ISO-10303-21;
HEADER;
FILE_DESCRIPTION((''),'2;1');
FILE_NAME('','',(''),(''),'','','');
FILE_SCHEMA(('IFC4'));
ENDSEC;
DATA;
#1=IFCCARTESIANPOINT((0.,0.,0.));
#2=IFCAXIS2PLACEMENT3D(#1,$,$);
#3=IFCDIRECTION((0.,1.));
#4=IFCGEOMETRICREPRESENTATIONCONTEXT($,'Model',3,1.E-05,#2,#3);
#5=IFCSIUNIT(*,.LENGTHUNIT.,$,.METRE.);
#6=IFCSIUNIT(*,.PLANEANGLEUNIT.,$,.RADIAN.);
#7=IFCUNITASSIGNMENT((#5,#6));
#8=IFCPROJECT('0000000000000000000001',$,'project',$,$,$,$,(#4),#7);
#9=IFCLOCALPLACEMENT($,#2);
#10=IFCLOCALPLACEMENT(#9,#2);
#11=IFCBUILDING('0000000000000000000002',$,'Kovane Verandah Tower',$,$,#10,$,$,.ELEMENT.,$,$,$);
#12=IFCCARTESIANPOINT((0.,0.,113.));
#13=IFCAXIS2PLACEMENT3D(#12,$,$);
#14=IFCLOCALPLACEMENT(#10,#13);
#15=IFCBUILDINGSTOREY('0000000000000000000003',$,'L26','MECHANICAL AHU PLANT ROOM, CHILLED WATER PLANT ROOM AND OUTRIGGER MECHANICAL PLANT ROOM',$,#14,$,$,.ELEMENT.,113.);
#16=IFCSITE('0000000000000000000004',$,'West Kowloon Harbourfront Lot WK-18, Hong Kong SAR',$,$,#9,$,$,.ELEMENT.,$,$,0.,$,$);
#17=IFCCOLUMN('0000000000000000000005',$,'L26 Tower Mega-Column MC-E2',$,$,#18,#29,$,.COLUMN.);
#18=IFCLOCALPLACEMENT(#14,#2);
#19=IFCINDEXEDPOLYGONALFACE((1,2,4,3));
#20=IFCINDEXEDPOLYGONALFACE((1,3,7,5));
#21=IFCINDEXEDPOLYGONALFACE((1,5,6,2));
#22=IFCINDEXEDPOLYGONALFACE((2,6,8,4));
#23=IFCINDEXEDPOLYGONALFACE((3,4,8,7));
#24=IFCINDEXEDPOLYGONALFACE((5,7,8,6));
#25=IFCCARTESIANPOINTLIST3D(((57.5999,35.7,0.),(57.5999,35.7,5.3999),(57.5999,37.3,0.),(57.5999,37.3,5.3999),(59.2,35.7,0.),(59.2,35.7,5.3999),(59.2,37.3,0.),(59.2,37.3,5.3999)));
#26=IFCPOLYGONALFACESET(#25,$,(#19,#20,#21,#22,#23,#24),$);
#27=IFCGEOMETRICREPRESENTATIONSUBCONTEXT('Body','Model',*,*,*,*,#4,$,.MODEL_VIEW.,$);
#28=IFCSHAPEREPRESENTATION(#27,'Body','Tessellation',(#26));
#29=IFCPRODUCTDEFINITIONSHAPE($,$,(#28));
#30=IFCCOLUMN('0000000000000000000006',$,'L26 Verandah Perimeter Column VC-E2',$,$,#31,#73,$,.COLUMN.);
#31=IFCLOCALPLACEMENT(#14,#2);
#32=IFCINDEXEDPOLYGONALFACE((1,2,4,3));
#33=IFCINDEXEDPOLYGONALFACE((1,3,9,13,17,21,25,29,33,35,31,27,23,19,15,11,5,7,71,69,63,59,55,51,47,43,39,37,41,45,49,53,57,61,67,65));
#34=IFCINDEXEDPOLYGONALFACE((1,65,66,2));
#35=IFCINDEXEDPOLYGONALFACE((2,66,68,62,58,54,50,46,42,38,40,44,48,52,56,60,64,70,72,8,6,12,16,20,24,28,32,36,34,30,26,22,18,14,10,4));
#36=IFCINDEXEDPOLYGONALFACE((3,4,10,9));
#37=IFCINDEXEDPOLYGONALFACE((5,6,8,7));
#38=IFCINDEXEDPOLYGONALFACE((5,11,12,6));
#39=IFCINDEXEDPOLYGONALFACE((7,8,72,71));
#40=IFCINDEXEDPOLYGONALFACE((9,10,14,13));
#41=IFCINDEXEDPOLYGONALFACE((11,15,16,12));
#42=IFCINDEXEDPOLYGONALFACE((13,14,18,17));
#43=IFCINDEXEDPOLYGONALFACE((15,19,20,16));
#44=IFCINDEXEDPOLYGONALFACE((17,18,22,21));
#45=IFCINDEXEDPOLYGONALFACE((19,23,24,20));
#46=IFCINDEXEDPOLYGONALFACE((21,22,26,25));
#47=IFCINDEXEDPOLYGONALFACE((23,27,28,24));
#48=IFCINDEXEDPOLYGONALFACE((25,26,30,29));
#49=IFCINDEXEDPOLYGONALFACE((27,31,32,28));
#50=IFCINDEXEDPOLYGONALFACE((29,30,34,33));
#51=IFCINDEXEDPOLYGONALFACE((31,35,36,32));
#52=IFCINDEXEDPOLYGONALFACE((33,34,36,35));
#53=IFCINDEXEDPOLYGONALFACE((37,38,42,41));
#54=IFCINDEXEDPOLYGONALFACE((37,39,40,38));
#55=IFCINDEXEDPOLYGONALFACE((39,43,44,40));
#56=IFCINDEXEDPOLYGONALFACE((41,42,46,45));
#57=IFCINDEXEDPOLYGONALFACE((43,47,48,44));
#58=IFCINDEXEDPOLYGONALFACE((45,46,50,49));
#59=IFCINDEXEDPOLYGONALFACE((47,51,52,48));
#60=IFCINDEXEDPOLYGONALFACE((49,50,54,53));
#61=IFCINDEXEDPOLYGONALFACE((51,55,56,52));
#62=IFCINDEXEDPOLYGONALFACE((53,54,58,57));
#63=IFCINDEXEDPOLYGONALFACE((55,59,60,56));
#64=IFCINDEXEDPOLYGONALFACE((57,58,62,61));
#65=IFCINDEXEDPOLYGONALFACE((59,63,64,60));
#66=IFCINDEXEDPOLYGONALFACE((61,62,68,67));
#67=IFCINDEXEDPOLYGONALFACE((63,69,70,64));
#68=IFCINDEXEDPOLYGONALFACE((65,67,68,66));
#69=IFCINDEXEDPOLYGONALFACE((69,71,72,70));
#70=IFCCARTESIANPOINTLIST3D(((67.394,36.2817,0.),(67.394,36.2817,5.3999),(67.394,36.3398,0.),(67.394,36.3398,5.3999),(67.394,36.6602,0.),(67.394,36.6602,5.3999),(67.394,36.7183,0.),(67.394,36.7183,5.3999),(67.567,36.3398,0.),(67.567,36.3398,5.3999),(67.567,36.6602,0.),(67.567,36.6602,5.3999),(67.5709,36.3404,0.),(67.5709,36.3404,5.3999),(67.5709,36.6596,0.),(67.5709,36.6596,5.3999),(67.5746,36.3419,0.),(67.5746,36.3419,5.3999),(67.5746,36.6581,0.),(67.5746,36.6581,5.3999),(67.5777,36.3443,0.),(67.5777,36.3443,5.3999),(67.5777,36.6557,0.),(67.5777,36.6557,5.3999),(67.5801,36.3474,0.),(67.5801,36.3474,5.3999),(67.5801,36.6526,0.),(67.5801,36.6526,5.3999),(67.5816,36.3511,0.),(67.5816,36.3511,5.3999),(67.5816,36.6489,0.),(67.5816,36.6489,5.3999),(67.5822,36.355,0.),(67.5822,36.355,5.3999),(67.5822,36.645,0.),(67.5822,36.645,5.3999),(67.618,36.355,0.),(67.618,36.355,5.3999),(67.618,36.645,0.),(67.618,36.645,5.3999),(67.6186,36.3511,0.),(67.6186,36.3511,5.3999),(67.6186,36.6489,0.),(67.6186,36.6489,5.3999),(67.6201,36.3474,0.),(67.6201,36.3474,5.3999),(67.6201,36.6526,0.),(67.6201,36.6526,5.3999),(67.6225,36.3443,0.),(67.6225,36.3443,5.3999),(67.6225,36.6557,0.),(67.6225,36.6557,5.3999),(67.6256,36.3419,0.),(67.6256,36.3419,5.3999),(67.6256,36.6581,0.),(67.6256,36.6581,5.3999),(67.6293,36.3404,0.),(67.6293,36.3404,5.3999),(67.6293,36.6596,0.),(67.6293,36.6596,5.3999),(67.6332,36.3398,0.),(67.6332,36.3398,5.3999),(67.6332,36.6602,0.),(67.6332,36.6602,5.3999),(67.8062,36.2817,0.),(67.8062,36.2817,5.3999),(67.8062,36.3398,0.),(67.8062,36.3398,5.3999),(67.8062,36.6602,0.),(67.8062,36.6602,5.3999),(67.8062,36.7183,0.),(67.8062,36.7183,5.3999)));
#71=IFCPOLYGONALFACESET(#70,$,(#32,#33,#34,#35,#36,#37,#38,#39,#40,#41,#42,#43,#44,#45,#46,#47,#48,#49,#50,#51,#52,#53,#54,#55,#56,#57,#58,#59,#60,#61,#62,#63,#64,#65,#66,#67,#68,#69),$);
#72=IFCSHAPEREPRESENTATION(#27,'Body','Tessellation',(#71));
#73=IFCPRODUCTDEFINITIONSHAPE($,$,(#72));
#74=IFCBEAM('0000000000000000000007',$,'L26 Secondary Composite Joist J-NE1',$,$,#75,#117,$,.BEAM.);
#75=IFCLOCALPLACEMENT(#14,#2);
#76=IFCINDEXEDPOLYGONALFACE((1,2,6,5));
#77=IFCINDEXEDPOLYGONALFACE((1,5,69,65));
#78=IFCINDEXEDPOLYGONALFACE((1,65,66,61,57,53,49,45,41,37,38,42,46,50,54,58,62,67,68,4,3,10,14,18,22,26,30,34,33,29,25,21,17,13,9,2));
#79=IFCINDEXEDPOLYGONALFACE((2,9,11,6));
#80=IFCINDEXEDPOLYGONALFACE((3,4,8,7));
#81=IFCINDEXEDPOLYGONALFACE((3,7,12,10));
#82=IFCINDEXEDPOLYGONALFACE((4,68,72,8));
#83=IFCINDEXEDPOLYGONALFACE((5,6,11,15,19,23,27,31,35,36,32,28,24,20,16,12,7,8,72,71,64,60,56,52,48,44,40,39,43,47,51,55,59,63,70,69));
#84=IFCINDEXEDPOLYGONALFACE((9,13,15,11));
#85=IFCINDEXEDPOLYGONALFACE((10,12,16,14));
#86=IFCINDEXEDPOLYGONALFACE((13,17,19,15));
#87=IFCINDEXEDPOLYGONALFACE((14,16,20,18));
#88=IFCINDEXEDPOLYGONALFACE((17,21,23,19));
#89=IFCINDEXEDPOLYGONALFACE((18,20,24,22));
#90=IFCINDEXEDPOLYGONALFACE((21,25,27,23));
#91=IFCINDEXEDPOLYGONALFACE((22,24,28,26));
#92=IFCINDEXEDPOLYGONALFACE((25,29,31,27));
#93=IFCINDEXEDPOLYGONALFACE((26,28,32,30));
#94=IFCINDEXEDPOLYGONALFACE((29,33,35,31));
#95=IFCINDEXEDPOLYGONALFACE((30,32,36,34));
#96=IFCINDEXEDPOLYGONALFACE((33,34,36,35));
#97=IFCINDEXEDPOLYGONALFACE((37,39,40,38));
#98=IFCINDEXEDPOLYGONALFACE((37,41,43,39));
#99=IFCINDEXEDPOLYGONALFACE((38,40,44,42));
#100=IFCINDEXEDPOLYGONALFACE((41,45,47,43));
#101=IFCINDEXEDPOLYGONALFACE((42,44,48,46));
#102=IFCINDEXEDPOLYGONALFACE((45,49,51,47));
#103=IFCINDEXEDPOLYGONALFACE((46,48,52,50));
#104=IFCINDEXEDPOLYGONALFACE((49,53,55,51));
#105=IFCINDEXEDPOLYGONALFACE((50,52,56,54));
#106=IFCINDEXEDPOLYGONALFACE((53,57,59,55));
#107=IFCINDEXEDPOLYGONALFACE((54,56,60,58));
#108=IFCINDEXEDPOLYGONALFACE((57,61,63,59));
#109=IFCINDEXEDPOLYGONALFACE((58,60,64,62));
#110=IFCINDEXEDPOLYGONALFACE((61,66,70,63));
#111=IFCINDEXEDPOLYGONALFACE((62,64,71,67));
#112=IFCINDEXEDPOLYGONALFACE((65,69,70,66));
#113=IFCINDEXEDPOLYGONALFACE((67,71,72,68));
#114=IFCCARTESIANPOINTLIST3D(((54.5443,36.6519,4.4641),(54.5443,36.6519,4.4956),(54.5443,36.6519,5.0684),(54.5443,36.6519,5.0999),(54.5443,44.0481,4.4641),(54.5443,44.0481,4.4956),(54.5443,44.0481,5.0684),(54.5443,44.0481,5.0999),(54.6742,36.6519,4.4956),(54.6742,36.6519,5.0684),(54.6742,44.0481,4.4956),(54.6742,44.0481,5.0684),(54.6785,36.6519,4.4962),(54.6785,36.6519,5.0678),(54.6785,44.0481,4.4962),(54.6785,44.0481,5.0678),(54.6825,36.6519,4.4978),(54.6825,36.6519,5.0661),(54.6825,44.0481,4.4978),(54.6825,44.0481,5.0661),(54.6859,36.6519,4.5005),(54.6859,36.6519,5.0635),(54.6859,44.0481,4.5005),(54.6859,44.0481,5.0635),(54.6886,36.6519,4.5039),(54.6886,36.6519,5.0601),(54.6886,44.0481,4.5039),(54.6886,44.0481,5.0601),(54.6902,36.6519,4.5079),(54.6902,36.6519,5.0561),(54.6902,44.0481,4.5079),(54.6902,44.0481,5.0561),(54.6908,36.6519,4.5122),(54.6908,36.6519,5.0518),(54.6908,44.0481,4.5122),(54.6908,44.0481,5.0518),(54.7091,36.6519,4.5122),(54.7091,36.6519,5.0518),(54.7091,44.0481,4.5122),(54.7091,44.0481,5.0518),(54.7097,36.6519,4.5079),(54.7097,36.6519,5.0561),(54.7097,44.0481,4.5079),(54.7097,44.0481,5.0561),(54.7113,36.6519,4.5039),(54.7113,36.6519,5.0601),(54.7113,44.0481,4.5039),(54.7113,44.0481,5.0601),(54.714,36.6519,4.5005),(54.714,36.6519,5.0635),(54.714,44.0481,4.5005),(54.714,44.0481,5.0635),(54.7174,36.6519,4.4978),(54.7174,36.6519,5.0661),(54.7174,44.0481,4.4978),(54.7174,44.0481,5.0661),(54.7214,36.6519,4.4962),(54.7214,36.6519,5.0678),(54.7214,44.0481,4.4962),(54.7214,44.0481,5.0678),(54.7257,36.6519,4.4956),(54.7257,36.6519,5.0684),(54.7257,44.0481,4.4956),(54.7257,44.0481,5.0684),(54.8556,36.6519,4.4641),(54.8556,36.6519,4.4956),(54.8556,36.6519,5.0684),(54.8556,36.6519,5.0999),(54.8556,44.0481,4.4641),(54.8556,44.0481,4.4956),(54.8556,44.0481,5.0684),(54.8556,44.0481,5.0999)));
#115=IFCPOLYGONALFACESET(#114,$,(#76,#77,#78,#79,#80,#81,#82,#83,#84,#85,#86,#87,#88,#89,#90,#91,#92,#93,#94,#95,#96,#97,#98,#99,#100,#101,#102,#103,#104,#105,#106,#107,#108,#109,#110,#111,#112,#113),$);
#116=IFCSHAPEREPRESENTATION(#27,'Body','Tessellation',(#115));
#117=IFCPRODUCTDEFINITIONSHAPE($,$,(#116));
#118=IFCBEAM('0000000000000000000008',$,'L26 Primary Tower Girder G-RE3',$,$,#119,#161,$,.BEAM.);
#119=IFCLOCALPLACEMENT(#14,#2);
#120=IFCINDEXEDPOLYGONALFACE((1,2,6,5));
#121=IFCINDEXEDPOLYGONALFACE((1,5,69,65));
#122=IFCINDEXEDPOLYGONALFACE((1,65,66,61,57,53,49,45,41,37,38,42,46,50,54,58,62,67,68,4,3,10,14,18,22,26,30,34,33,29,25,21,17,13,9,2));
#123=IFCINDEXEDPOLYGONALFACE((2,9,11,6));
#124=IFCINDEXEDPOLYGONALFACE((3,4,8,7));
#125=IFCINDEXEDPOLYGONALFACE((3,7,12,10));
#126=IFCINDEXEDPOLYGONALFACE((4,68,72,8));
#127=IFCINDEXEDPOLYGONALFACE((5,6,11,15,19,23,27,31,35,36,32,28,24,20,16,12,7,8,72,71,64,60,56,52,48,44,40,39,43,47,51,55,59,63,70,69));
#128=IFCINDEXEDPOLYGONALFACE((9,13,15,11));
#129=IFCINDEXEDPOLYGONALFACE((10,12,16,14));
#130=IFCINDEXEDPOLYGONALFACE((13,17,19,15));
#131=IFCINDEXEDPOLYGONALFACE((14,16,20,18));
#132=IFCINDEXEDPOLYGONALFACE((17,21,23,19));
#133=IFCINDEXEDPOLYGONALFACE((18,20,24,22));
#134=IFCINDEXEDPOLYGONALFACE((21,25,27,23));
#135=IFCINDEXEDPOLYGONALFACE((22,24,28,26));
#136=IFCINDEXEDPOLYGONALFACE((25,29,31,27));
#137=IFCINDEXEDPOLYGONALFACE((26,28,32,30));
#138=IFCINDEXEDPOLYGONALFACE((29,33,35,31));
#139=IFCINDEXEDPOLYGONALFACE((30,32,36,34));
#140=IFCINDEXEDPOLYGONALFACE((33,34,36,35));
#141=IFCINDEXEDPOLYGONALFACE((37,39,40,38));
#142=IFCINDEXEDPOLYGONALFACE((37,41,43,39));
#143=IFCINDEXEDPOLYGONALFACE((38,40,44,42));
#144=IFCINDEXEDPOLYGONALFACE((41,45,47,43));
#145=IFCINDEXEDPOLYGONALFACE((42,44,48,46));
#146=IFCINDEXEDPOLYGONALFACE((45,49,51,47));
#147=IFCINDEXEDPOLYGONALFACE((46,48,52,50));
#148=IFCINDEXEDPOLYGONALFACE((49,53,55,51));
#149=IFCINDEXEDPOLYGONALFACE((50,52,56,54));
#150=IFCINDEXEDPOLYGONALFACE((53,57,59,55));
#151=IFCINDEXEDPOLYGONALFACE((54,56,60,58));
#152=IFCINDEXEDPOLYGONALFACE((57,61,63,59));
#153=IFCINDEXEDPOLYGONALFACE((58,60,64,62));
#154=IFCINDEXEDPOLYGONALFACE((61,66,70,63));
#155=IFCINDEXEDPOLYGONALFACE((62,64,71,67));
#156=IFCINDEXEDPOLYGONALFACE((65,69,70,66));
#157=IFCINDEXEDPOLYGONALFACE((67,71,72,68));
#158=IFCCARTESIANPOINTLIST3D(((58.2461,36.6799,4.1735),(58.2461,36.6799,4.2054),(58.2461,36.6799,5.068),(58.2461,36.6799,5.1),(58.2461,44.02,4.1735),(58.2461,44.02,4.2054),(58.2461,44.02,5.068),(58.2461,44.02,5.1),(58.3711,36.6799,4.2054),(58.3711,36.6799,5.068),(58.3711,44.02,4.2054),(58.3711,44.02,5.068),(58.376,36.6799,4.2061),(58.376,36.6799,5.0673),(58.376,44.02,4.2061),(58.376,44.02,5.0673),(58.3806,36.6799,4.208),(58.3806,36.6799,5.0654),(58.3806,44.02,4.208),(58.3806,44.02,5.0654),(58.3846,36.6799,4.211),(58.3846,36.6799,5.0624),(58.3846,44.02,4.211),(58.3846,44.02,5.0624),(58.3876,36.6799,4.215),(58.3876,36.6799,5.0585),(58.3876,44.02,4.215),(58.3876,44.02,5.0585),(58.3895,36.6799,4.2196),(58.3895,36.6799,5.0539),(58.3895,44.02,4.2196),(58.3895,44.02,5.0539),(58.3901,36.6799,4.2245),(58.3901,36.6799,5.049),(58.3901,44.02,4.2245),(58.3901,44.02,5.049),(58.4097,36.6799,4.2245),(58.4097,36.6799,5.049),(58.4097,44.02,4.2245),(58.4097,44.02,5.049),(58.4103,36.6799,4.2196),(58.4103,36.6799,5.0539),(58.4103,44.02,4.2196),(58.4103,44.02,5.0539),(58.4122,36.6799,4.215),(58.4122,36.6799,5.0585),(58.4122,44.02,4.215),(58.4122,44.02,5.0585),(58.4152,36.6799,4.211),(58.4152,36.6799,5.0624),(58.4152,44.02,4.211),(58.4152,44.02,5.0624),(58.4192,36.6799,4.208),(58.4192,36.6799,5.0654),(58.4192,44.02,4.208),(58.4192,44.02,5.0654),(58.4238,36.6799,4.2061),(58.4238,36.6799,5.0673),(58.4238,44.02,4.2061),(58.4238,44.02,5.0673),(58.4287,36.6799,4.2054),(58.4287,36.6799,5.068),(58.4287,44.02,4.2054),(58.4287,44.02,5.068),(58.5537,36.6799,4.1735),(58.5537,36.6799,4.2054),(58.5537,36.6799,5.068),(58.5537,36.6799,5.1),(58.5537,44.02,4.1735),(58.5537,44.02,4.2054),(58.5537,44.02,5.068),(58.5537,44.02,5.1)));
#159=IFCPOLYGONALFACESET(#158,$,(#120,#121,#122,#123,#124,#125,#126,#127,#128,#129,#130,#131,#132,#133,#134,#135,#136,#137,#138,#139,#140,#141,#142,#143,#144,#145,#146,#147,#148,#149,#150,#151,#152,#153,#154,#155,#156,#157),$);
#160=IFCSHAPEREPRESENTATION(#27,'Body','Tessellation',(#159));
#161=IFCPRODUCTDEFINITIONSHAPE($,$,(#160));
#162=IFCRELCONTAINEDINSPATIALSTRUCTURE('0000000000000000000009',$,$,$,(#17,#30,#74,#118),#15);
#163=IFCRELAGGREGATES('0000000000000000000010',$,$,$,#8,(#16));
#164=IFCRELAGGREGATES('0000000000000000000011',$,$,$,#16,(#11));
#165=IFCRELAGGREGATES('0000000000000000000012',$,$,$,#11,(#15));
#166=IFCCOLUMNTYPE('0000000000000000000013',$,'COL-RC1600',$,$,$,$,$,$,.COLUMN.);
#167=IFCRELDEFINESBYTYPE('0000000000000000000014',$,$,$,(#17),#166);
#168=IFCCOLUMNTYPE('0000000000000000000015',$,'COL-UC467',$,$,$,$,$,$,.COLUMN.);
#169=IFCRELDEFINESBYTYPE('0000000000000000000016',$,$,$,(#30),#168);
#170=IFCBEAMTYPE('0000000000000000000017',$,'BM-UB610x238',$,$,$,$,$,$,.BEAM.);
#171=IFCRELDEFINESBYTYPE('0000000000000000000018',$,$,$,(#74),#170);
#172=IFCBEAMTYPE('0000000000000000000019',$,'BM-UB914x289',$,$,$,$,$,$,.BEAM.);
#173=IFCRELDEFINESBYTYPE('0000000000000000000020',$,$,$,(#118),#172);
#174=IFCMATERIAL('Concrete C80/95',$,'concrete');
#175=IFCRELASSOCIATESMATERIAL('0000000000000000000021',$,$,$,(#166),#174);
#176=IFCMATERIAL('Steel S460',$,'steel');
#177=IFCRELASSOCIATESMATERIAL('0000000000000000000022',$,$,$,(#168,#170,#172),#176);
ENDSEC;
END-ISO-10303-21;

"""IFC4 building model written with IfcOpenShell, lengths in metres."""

from ifc_helpers import new_model, si_unit, direction, frame, origin, origin_2d, place, context, subcontext, project, spatial, rectangle, i_section, extrude, material, material_profile, profile_set, type_object, element, save


model = new_model("IFC4")

# Units and contexts
model_context = context("Model", 3, precision=1e-05, world=origin(), true_north=direction((0.0, 1.0)))
body_context = subcontext(model_context, "Body", "Model", "MODEL_VIEW")
ifc_project = project(units=[si_unit("LENGTHUNIT", "METRE"), si_unit("PLANEANGLEUNIT", "RADIAN")], contexts=[model_context])

# Site, building, storey
site_placement = place(None, origin())
site = spatial("IfcSite", under=ifc_project, at=site_placement, Name="West Kowloon Harbourfront Lot WK-18, Hong Kong SAR", CompositionType="ELEMENT", RefElevation=0.0)
building_placement = place(site_placement, origin())
building = spatial("IfcBuilding", under=site, at=building_placement, Name="Kovane Verandah Tower", CompositionType="ELEMENT")
storey_placement = place(building_placement, frame((0.0, 0.0, 113.0)))
storey = spatial("IfcBuildingStorey", under=building, at=storey_placement, Name="L26", Description="MECHANICAL AHU PLANT ROOM, CHILLED WATER PLANT ROOM AND OUTRIGGER MECHANICAL PLANT ROOM", CompositionType="ELEMENT", Elevation=113.0)

# Columns
ifc_material_1 = material(Name="Concrete C80/95", Category="concrete")
ifc_material_profile_1 = material_profile(ifc_material_1, rectangle(XDim=1.6001, YDim=1.6001, at=origin_2d()), Name="RC1600x1600")
ifc_profile_set_1 = profile_set([ifc_material_profile_1], Name="Concrete C80/95")
column_type_1 = type_object("IfcColumnType", Name="COL-RC1600", PredefinedType="COLUMN", material=ifc_profile_set_1)
column_1_placement = place(storey_placement, frame((58.3999, 36.5, 0.0), z_axis=(0.0, 0.0, 1.0), x_axis=(1.0, 0.0, 0.0)))
element("IfcColumn", 1, at=column_1_placement, inside=storey, type_object=column_type_1, Name="L26 Tower Mega-Column MC-E2", PredefinedType="COLUMN", context=body_context, shape_type="SweptSolid", body=[
    extrude(rectangle(XDim=1.6001, YDim=1.6001, at=origin_2d()), origin(), (0.0, 0.0, 1.0), 5.3999),
])
ifc_material_2 = material(Name="Steel S460", Category="steel")
ifc_material_profile_2 = material_profile(ifc_material_2, i_section(OverallWidth=0.4121, OverallDepth=0.4365, WebThickness=0.0359, FlangeThickness=0.0581, FilletRadius=0.0151, at=origin_2d()), Name="UC356x406x467")
ifc_profile_set_2 = profile_set([ifc_material_profile_2], Name="Steel S460")
column_type_2 = type_object("IfcColumnType", Name="COL-UC467", PredefinedType="COLUMN", material=ifc_profile_set_2)
column_2_placement = place(storey_placement, frame((67.6001, 36.5, 0.0), z_axis=(0.0, 0.0, 1.0), x_axis=(1.0, 0.0, 0.0)))
element("IfcColumn", 2, at=column_2_placement, inside=storey, type_object=column_type_2, Name="L26 Verandah Perimeter Column VC-E2", PredefinedType="COLUMN", context=body_context, shape_type="SweptSolid", body=[
    extrude(i_section(OverallWidth=0.4121, OverallDepth=0.4365, WebThickness=0.0359, FlangeThickness=0.0581, FilletRadius=0.0151, at=origin_2d()), origin(), (0.0, 0.0, 1.0), 5.3999),
])

# Beams
ifc_material_profile_3 = material_profile(ifc_material_2, i_section(OverallWidth=0.3113, OverallDepth=0.6357, WebThickness=0.0183, FlangeThickness=0.0315, FilletRadius=0.0166, at=origin_2d()), Name="UB610x305x238")
ifc_profile_set_3 = profile_set([ifc_material_profile_3], Name="Steel S460")
beam_type_1 = type_object("IfcBeamType", Name="BM-UB610x238", PredefinedType="BEAM", material=ifc_profile_set_3)
beam_1_placement = place(storey_placement, frame((54.7, 36.6519, 4.782), z_axis=(0.0, 1.0, 0.0), x_axis=(-1.0, 0.0, 0.0)))
element("IfcBeam", 3, at=beam_1_placement, inside=storey, type_object=beam_type_1, Name="L26 Secondary Composite Joist J-NE1", PredefinedType="BEAM", context=body_context, shape_type="SweptSolid", body=[
    extrude(i_section(OverallWidth=0.3113, OverallDepth=0.6357, WebThickness=0.0183, FlangeThickness=0.0315, FilletRadius=0.0166, at=origin_2d()), origin(), (0.0, 0.0, 1.0), 7.3962),
])
ifc_material_profile_4 = material_profile(ifc_material_2, i_section(OverallWidth=0.3076, OverallDepth=0.9265, WebThickness=0.0195, FlangeThickness=0.032, FilletRadius=0.019, at=origin_2d()), Name="UB914x305x289")
ifc_profile_set_4 = profile_set([ifc_material_profile_4], Name="Steel S460")
beam_type_2 = type_object("IfcBeamType", Name="BM-UB914x289", PredefinedType="BEAM", material=ifc_profile_set_4)
beam_2_placement = place(storey_placement, frame((58.3999, 36.6799, 4.6367), z_axis=(0.0, 1.0, 0.0), x_axis=(-1.0, 0.0, 0.0)))
element("IfcBeam", 4, at=beam_2_placement, inside=storey, type_object=beam_type_2, Name="L26 Primary Tower Girder G-RE3", PredefinedType="BEAM", context=body_context, shape_type="SweptSolid", body=[
    extrude(i_section(OverallWidth=0.3076, OverallDepth=0.9265, WebThickness=0.0195, FlangeThickness=0.032, FilletRadius=0.019, at=origin_2d()), origin(), (0.0, 0.0, 1.0), 7.3401),
])

save(model, "model.ifc")
